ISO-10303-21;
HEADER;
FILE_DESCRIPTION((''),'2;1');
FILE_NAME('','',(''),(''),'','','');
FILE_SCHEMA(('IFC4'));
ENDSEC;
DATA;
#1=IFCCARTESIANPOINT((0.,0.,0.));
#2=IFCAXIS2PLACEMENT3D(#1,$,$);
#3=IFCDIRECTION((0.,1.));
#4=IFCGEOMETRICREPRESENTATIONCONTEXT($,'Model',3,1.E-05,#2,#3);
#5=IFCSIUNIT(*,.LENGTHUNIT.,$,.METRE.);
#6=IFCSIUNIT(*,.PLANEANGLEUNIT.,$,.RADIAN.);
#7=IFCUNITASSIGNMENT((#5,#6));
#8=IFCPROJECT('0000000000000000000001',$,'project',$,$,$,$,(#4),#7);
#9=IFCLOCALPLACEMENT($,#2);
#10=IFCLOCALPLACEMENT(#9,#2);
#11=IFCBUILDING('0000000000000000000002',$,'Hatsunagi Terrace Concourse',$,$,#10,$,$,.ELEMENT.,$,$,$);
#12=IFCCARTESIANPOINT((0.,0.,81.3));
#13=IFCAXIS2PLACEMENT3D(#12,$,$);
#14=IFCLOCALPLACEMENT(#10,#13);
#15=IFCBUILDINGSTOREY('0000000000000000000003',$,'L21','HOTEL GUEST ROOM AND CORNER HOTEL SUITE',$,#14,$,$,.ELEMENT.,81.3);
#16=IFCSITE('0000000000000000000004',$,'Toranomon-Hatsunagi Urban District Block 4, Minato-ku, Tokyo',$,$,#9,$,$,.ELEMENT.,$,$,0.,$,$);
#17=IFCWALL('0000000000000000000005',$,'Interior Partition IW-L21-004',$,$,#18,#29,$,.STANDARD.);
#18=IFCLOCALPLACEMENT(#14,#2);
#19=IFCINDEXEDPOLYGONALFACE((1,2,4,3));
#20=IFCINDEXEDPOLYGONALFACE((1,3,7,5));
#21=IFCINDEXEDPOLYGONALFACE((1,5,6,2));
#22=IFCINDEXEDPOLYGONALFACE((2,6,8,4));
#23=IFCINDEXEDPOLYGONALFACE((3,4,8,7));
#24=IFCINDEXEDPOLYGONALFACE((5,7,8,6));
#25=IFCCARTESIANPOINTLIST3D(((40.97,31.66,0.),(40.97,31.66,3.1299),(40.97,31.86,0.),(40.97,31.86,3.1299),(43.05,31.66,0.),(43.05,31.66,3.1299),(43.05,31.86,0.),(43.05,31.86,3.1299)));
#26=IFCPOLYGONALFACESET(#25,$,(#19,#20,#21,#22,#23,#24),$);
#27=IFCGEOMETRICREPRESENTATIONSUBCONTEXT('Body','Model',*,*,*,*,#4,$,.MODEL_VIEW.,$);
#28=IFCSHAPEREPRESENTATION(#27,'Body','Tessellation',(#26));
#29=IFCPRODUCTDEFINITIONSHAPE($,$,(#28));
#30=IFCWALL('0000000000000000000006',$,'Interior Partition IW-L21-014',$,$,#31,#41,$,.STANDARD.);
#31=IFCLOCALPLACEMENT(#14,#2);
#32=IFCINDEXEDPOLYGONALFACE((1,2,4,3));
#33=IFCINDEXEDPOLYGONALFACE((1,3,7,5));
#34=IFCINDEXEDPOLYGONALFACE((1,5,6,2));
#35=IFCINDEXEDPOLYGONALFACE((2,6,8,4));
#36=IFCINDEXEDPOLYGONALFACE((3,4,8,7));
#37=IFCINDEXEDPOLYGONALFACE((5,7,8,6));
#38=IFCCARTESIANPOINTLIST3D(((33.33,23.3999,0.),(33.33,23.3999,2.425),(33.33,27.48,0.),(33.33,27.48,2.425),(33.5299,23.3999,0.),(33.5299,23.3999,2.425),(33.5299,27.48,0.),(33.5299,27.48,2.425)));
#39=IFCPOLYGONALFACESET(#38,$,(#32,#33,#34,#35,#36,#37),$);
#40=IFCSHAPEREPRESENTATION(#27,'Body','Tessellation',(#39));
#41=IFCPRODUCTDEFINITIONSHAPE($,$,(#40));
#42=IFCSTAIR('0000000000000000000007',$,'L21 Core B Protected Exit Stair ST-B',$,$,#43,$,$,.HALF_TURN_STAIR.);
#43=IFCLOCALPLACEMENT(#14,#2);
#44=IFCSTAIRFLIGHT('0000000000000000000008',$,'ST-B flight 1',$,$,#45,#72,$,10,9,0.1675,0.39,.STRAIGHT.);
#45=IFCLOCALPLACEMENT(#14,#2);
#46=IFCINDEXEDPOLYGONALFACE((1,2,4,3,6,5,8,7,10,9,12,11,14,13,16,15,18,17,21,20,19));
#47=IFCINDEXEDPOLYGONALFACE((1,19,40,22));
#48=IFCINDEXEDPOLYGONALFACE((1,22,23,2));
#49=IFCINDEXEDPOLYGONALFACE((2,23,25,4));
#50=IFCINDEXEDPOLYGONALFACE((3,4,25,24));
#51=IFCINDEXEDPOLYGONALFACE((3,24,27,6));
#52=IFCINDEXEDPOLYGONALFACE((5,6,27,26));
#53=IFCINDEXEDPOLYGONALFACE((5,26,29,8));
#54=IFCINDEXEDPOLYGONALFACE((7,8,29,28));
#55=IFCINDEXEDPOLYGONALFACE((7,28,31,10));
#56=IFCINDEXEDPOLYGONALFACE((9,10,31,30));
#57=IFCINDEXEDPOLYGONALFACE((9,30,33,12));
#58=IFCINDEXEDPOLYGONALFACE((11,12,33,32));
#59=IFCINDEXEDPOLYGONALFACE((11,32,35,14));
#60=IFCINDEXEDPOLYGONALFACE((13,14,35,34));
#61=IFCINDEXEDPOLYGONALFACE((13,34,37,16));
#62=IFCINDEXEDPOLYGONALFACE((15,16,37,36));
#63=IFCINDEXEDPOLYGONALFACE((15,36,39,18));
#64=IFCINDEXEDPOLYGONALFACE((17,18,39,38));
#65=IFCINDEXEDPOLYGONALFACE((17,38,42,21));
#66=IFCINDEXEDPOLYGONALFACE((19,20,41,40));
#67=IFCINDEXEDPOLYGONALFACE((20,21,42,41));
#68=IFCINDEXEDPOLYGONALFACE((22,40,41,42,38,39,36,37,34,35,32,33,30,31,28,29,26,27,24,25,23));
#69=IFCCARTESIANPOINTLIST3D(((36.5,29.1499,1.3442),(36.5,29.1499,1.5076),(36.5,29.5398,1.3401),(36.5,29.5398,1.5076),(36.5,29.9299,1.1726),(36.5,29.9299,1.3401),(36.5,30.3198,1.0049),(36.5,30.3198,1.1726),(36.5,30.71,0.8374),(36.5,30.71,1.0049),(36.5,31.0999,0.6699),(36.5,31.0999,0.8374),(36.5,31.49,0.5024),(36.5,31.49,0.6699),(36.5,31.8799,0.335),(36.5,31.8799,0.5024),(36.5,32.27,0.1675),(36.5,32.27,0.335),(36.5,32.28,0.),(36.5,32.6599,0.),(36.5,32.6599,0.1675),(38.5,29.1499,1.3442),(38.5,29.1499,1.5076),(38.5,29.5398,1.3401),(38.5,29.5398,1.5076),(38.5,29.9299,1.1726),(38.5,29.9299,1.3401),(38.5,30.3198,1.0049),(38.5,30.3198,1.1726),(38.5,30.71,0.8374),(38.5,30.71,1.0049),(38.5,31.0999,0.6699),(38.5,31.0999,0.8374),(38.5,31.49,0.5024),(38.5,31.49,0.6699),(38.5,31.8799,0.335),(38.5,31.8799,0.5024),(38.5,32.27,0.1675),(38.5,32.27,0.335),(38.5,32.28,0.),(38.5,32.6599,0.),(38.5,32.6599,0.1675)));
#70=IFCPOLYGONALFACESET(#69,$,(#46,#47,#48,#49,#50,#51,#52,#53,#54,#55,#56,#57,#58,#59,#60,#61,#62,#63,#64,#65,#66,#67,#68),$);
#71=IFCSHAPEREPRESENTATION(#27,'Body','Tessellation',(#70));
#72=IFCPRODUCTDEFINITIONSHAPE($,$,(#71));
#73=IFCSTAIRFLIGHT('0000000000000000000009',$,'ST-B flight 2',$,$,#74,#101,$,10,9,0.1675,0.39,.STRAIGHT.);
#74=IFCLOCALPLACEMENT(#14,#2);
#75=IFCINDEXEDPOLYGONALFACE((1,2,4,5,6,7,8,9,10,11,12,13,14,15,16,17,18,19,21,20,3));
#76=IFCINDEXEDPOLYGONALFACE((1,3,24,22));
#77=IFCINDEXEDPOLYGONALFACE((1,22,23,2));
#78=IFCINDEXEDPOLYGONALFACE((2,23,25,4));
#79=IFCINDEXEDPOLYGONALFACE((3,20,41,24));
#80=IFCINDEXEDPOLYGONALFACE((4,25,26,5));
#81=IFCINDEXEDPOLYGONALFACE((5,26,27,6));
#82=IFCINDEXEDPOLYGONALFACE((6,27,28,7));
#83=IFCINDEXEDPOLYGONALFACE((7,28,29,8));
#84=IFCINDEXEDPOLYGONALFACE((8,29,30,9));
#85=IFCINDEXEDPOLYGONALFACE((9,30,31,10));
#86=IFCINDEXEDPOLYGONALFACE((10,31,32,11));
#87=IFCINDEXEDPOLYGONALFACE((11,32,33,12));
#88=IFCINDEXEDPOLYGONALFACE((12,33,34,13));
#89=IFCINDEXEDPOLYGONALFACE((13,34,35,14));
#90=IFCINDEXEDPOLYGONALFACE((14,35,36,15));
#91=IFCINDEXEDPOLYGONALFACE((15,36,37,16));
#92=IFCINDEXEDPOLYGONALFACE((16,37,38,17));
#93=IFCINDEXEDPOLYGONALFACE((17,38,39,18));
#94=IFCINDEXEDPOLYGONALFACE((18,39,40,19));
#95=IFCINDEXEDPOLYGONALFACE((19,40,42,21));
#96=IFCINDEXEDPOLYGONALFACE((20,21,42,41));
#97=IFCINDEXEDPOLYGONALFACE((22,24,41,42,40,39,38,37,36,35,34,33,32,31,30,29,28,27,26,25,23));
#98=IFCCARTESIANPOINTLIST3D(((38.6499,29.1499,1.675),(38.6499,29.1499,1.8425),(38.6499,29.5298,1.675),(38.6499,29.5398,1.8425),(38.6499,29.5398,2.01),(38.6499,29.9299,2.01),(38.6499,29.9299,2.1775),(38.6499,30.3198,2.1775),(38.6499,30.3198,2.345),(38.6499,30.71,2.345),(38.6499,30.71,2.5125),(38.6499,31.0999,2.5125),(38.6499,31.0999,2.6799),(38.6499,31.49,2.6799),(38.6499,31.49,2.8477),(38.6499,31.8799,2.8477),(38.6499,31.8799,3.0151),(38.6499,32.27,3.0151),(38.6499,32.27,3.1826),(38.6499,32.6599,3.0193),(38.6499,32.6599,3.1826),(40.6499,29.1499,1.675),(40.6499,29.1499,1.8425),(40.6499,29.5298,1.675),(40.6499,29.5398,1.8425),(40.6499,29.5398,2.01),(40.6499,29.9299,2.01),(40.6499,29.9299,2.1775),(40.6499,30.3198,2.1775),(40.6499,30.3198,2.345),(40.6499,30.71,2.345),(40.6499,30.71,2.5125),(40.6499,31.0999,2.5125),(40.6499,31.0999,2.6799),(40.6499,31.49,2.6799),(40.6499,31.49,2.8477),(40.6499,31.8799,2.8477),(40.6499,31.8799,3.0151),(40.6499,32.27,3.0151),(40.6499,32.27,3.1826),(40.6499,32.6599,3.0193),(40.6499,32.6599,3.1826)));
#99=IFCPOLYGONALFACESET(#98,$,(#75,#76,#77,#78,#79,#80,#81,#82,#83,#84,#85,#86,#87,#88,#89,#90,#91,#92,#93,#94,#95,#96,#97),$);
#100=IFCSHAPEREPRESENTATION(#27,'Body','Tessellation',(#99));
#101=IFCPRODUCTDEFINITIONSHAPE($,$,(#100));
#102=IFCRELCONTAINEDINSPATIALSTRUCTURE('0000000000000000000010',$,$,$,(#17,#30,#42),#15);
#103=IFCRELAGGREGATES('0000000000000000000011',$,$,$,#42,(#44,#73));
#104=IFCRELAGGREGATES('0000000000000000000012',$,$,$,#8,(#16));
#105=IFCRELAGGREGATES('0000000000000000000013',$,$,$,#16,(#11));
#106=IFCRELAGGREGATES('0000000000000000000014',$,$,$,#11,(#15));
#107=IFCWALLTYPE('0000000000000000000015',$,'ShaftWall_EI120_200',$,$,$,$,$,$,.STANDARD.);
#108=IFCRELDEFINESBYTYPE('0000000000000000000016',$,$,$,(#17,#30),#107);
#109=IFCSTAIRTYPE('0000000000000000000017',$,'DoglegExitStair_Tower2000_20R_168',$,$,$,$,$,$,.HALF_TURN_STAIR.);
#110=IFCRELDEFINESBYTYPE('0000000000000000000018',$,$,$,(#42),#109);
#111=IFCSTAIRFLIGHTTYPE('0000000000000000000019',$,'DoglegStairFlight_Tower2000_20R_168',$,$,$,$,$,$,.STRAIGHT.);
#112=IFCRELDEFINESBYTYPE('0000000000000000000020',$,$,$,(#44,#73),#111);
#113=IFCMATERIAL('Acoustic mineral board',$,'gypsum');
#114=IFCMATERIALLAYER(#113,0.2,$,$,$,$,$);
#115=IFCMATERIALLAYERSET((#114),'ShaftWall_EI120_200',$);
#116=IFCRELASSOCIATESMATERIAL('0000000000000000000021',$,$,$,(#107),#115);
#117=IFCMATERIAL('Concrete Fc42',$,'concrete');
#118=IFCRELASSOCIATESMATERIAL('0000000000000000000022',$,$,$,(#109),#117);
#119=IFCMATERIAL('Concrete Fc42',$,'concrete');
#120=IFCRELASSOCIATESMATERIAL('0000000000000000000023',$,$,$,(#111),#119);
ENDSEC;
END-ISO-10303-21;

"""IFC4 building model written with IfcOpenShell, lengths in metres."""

from ifc_helpers import new_model, si_unit, direction, frame, frame_2d, origin, place, context, subcontext, project, spatial, polyline, rectangle, outline, extrude, material, layer, layer_set, type_object, element, aggregate, save


model = new_model("IFC4")

# Units and contexts
model_context = context("Model", 3, precision=1e-05, world=origin(), true_north=direction((0.0, 1.0)))
body_context = subcontext(model_context, "Body", "Model", "MODEL_VIEW")
ifc_project = project(units=[si_unit("LENGTHUNIT", "METRE"), si_unit("PLANEANGLEUNIT", "RADIAN")], contexts=[model_context])

# Site, building, storey
site_placement = place(None, origin())
site = spatial("IfcSite", under=ifc_project, at=site_placement, Name="Toranomon-Hatsunagi Urban District Block 4, Minato-ku, Tokyo", CompositionType="ELEMENT", RefElevation=0.0)
building_placement = place(site_placement, origin())
building = spatial("IfcBuilding", under=site, at=building_placement, Name="Hatsunagi Terrace Concourse", CompositionType="ELEMENT")
storey_placement = place(building_placement, frame((0.0, 0.0, 81.3)))
storey = spatial("IfcBuildingStorey", under=building, at=storey_placement, Name="L21", Description="HOTEL GUEST ROOM AND CORNER HOTEL SUITE", CompositionType="ELEMENT", Elevation=81.3)

# Walls
ifc_material_1 = material(Name="Acoustic mineral board", Category="gypsum")
ifc_layer_1 = layer(ifc_material_1, 0.2)
ifc_layer_set_1 = layer_set([ifc_layer_1], Name="ShaftWall_EI120_200")
wall_type_1 = type_object("IfcWallType", Name="ShaftWall_EI120_200", PredefinedType="STANDARD", material=ifc_layer_set_1)
wall_1_placement = place(storey_placement, frame((40.97, 31.76, 0.0), z_axis=(0.0, 0.0, 1.0), x_axis=(1.0, 0.0, 0.0)))
element("IfcWall", 1, at=wall_1_placement, inside=storey, type_object=wall_type_1, Name="Interior Partition IW-L21-004", PredefinedType="STANDARD", context=body_context, shape_type="SweptSolid", body=[
    extrude(rectangle(XDim=2.0801, YDim=0.2, at=frame_2d((1.04, 0.0))), origin(), (0.0, 0.0, 1.0), 3.1299),
])
wall_2_placement = place(storey_placement, frame((33.4299, 23.3999, 0.0), z_axis=(0.0, 0.0, 1.0), x_axis=(0.0, 1.0, 0.0)))
element("IfcWall", 2, at=wall_2_placement, inside=storey, type_object=wall_type_1, Name="Interior Partition IW-L21-014", PredefinedType="STANDARD", context=body_context, shape_type="SweptSolid", body=[
    extrude(rectangle(XDim=4.0801, YDim=0.2, at=frame_2d((2.04, 0.0))), origin(), (0.0, 0.0, 1.0), 2.425),
])

# Stair, stair flights
ifc_material_2 = material(Name="Concrete Fc42", Category="concrete")
stair_type = type_object("IfcStairType", Name="DoglegExitStair_Tower2000_20R_168", PredefinedType="HALF_TURN_STAIR", material=ifc_material_2)
stair_placement = place(storey_placement, origin())
stair = element("IfcStair", 3, at=stair_placement, inside=storey, type_object=stair_type, Name="L21 Core B Protected Exit Stair ST-B", PredefinedType="HALF_TURN_STAIR")
ifc_material_3 = material(Name="Concrete Fc42", Category="concrete")
stair_flight_type = type_object("IfcStairFlightType", Name="DoglegStairFlight_Tower2000_20R_168", PredefinedType="STRAIGHT", material=ifc_material_3)
stair_flight_1_placement = place(storey_placement, frame((37.5, 32.6599, 0.0), z_axis=(0.0, 0.0, 1.0), x_axis=(0.0, -1.0, 0.0)))
stair_flight_1 = element("IfcStairFlight", 4, at=stair_flight_1_placement, type_object=stair_flight_type, Name="ST-B flight 1", NumberOfRisers=10, NumberOfTreads=9, PredefinedType="STRAIGHT", RiserHeight=0.1675, TreadLength=0.39, context=body_context, shape_type="SweptSolid", body=[
    extrude(outline(polyline([(0.0, 0.0), (0.0, 0.1675), (0.3899, 0.1675), (0.3899, 0.335), (0.78, 0.335), (0.78, 0.5024), (1.1699, 0.5024), (1.1699, 0.6699), (1.5601, 0.6699), (1.5601, 0.8374), (1.95, 0.8374), (1.95, 1.0049), (2.3401, 1.0049), (2.3401, 1.1726), (2.73, 1.1726), (2.73, 1.3401), (3.1201, 1.3401), (3.1201, 1.5076), (3.51, 1.5076), (3.51, 1.675), (3.51, 1.3442), (0.3799, 0.0), (0.0, 0.0)])), frame((0.0, 1.0, 0.0), z_axis=(0.0, -1.0, 0.0), x_axis=(1.0, 0.0, 0.0)), (0.0, 0.0, 1.0), 2.0),
])
stair_flight_2_placement = place(storey_placement, frame((39.6499, 29.1499, 1.675), z_axis=(0.0, 0.0, 1.0), x_axis=(0.0, 1.0, 0.0)))
stair_flight_2 = element("IfcStairFlight", 5, at=stair_flight_2_placement, type_object=stair_flight_type, Name="ST-B flight 2", NumberOfRisers=10, NumberOfTreads=9, PredefinedType="STRAIGHT", RiserHeight=0.1675, TreadLength=0.39, context=body_context, shape_type="SweptSolid", body=[
    extrude(outline(polyline([(0.0, 0.0), (0.0, 0.1675), (0.3899, 0.1675), (0.3899, 0.335), (0.78, 0.335), (0.78, 0.5024), (1.1699, 0.5024), (1.1699, 0.6699), (1.5601, 0.6699), (1.5601, 0.8374), (1.95, 0.8374), (1.95, 1.0049), (2.3401, 1.0049), (2.3401, 1.1726), (2.73, 1.1726), (2.73, 1.3401), (3.1201, 1.3401), (3.1201, 1.5076), (3.51, 1.5076), (3.51, 1.675), (3.51, 1.3442), (0.3799, 0.0), (0.0, 0.0)])), frame((0.0, 1.0, 0.0), z_axis=(0.0, -1.0, 0.0), x_axis=(1.0, 0.0, 0.0)), (0.0, 0.0, 1.0), 2.0),
])
aggregate(stair, [stair_flight_1, stair_flight_2])

save(model, "model.ifc")
